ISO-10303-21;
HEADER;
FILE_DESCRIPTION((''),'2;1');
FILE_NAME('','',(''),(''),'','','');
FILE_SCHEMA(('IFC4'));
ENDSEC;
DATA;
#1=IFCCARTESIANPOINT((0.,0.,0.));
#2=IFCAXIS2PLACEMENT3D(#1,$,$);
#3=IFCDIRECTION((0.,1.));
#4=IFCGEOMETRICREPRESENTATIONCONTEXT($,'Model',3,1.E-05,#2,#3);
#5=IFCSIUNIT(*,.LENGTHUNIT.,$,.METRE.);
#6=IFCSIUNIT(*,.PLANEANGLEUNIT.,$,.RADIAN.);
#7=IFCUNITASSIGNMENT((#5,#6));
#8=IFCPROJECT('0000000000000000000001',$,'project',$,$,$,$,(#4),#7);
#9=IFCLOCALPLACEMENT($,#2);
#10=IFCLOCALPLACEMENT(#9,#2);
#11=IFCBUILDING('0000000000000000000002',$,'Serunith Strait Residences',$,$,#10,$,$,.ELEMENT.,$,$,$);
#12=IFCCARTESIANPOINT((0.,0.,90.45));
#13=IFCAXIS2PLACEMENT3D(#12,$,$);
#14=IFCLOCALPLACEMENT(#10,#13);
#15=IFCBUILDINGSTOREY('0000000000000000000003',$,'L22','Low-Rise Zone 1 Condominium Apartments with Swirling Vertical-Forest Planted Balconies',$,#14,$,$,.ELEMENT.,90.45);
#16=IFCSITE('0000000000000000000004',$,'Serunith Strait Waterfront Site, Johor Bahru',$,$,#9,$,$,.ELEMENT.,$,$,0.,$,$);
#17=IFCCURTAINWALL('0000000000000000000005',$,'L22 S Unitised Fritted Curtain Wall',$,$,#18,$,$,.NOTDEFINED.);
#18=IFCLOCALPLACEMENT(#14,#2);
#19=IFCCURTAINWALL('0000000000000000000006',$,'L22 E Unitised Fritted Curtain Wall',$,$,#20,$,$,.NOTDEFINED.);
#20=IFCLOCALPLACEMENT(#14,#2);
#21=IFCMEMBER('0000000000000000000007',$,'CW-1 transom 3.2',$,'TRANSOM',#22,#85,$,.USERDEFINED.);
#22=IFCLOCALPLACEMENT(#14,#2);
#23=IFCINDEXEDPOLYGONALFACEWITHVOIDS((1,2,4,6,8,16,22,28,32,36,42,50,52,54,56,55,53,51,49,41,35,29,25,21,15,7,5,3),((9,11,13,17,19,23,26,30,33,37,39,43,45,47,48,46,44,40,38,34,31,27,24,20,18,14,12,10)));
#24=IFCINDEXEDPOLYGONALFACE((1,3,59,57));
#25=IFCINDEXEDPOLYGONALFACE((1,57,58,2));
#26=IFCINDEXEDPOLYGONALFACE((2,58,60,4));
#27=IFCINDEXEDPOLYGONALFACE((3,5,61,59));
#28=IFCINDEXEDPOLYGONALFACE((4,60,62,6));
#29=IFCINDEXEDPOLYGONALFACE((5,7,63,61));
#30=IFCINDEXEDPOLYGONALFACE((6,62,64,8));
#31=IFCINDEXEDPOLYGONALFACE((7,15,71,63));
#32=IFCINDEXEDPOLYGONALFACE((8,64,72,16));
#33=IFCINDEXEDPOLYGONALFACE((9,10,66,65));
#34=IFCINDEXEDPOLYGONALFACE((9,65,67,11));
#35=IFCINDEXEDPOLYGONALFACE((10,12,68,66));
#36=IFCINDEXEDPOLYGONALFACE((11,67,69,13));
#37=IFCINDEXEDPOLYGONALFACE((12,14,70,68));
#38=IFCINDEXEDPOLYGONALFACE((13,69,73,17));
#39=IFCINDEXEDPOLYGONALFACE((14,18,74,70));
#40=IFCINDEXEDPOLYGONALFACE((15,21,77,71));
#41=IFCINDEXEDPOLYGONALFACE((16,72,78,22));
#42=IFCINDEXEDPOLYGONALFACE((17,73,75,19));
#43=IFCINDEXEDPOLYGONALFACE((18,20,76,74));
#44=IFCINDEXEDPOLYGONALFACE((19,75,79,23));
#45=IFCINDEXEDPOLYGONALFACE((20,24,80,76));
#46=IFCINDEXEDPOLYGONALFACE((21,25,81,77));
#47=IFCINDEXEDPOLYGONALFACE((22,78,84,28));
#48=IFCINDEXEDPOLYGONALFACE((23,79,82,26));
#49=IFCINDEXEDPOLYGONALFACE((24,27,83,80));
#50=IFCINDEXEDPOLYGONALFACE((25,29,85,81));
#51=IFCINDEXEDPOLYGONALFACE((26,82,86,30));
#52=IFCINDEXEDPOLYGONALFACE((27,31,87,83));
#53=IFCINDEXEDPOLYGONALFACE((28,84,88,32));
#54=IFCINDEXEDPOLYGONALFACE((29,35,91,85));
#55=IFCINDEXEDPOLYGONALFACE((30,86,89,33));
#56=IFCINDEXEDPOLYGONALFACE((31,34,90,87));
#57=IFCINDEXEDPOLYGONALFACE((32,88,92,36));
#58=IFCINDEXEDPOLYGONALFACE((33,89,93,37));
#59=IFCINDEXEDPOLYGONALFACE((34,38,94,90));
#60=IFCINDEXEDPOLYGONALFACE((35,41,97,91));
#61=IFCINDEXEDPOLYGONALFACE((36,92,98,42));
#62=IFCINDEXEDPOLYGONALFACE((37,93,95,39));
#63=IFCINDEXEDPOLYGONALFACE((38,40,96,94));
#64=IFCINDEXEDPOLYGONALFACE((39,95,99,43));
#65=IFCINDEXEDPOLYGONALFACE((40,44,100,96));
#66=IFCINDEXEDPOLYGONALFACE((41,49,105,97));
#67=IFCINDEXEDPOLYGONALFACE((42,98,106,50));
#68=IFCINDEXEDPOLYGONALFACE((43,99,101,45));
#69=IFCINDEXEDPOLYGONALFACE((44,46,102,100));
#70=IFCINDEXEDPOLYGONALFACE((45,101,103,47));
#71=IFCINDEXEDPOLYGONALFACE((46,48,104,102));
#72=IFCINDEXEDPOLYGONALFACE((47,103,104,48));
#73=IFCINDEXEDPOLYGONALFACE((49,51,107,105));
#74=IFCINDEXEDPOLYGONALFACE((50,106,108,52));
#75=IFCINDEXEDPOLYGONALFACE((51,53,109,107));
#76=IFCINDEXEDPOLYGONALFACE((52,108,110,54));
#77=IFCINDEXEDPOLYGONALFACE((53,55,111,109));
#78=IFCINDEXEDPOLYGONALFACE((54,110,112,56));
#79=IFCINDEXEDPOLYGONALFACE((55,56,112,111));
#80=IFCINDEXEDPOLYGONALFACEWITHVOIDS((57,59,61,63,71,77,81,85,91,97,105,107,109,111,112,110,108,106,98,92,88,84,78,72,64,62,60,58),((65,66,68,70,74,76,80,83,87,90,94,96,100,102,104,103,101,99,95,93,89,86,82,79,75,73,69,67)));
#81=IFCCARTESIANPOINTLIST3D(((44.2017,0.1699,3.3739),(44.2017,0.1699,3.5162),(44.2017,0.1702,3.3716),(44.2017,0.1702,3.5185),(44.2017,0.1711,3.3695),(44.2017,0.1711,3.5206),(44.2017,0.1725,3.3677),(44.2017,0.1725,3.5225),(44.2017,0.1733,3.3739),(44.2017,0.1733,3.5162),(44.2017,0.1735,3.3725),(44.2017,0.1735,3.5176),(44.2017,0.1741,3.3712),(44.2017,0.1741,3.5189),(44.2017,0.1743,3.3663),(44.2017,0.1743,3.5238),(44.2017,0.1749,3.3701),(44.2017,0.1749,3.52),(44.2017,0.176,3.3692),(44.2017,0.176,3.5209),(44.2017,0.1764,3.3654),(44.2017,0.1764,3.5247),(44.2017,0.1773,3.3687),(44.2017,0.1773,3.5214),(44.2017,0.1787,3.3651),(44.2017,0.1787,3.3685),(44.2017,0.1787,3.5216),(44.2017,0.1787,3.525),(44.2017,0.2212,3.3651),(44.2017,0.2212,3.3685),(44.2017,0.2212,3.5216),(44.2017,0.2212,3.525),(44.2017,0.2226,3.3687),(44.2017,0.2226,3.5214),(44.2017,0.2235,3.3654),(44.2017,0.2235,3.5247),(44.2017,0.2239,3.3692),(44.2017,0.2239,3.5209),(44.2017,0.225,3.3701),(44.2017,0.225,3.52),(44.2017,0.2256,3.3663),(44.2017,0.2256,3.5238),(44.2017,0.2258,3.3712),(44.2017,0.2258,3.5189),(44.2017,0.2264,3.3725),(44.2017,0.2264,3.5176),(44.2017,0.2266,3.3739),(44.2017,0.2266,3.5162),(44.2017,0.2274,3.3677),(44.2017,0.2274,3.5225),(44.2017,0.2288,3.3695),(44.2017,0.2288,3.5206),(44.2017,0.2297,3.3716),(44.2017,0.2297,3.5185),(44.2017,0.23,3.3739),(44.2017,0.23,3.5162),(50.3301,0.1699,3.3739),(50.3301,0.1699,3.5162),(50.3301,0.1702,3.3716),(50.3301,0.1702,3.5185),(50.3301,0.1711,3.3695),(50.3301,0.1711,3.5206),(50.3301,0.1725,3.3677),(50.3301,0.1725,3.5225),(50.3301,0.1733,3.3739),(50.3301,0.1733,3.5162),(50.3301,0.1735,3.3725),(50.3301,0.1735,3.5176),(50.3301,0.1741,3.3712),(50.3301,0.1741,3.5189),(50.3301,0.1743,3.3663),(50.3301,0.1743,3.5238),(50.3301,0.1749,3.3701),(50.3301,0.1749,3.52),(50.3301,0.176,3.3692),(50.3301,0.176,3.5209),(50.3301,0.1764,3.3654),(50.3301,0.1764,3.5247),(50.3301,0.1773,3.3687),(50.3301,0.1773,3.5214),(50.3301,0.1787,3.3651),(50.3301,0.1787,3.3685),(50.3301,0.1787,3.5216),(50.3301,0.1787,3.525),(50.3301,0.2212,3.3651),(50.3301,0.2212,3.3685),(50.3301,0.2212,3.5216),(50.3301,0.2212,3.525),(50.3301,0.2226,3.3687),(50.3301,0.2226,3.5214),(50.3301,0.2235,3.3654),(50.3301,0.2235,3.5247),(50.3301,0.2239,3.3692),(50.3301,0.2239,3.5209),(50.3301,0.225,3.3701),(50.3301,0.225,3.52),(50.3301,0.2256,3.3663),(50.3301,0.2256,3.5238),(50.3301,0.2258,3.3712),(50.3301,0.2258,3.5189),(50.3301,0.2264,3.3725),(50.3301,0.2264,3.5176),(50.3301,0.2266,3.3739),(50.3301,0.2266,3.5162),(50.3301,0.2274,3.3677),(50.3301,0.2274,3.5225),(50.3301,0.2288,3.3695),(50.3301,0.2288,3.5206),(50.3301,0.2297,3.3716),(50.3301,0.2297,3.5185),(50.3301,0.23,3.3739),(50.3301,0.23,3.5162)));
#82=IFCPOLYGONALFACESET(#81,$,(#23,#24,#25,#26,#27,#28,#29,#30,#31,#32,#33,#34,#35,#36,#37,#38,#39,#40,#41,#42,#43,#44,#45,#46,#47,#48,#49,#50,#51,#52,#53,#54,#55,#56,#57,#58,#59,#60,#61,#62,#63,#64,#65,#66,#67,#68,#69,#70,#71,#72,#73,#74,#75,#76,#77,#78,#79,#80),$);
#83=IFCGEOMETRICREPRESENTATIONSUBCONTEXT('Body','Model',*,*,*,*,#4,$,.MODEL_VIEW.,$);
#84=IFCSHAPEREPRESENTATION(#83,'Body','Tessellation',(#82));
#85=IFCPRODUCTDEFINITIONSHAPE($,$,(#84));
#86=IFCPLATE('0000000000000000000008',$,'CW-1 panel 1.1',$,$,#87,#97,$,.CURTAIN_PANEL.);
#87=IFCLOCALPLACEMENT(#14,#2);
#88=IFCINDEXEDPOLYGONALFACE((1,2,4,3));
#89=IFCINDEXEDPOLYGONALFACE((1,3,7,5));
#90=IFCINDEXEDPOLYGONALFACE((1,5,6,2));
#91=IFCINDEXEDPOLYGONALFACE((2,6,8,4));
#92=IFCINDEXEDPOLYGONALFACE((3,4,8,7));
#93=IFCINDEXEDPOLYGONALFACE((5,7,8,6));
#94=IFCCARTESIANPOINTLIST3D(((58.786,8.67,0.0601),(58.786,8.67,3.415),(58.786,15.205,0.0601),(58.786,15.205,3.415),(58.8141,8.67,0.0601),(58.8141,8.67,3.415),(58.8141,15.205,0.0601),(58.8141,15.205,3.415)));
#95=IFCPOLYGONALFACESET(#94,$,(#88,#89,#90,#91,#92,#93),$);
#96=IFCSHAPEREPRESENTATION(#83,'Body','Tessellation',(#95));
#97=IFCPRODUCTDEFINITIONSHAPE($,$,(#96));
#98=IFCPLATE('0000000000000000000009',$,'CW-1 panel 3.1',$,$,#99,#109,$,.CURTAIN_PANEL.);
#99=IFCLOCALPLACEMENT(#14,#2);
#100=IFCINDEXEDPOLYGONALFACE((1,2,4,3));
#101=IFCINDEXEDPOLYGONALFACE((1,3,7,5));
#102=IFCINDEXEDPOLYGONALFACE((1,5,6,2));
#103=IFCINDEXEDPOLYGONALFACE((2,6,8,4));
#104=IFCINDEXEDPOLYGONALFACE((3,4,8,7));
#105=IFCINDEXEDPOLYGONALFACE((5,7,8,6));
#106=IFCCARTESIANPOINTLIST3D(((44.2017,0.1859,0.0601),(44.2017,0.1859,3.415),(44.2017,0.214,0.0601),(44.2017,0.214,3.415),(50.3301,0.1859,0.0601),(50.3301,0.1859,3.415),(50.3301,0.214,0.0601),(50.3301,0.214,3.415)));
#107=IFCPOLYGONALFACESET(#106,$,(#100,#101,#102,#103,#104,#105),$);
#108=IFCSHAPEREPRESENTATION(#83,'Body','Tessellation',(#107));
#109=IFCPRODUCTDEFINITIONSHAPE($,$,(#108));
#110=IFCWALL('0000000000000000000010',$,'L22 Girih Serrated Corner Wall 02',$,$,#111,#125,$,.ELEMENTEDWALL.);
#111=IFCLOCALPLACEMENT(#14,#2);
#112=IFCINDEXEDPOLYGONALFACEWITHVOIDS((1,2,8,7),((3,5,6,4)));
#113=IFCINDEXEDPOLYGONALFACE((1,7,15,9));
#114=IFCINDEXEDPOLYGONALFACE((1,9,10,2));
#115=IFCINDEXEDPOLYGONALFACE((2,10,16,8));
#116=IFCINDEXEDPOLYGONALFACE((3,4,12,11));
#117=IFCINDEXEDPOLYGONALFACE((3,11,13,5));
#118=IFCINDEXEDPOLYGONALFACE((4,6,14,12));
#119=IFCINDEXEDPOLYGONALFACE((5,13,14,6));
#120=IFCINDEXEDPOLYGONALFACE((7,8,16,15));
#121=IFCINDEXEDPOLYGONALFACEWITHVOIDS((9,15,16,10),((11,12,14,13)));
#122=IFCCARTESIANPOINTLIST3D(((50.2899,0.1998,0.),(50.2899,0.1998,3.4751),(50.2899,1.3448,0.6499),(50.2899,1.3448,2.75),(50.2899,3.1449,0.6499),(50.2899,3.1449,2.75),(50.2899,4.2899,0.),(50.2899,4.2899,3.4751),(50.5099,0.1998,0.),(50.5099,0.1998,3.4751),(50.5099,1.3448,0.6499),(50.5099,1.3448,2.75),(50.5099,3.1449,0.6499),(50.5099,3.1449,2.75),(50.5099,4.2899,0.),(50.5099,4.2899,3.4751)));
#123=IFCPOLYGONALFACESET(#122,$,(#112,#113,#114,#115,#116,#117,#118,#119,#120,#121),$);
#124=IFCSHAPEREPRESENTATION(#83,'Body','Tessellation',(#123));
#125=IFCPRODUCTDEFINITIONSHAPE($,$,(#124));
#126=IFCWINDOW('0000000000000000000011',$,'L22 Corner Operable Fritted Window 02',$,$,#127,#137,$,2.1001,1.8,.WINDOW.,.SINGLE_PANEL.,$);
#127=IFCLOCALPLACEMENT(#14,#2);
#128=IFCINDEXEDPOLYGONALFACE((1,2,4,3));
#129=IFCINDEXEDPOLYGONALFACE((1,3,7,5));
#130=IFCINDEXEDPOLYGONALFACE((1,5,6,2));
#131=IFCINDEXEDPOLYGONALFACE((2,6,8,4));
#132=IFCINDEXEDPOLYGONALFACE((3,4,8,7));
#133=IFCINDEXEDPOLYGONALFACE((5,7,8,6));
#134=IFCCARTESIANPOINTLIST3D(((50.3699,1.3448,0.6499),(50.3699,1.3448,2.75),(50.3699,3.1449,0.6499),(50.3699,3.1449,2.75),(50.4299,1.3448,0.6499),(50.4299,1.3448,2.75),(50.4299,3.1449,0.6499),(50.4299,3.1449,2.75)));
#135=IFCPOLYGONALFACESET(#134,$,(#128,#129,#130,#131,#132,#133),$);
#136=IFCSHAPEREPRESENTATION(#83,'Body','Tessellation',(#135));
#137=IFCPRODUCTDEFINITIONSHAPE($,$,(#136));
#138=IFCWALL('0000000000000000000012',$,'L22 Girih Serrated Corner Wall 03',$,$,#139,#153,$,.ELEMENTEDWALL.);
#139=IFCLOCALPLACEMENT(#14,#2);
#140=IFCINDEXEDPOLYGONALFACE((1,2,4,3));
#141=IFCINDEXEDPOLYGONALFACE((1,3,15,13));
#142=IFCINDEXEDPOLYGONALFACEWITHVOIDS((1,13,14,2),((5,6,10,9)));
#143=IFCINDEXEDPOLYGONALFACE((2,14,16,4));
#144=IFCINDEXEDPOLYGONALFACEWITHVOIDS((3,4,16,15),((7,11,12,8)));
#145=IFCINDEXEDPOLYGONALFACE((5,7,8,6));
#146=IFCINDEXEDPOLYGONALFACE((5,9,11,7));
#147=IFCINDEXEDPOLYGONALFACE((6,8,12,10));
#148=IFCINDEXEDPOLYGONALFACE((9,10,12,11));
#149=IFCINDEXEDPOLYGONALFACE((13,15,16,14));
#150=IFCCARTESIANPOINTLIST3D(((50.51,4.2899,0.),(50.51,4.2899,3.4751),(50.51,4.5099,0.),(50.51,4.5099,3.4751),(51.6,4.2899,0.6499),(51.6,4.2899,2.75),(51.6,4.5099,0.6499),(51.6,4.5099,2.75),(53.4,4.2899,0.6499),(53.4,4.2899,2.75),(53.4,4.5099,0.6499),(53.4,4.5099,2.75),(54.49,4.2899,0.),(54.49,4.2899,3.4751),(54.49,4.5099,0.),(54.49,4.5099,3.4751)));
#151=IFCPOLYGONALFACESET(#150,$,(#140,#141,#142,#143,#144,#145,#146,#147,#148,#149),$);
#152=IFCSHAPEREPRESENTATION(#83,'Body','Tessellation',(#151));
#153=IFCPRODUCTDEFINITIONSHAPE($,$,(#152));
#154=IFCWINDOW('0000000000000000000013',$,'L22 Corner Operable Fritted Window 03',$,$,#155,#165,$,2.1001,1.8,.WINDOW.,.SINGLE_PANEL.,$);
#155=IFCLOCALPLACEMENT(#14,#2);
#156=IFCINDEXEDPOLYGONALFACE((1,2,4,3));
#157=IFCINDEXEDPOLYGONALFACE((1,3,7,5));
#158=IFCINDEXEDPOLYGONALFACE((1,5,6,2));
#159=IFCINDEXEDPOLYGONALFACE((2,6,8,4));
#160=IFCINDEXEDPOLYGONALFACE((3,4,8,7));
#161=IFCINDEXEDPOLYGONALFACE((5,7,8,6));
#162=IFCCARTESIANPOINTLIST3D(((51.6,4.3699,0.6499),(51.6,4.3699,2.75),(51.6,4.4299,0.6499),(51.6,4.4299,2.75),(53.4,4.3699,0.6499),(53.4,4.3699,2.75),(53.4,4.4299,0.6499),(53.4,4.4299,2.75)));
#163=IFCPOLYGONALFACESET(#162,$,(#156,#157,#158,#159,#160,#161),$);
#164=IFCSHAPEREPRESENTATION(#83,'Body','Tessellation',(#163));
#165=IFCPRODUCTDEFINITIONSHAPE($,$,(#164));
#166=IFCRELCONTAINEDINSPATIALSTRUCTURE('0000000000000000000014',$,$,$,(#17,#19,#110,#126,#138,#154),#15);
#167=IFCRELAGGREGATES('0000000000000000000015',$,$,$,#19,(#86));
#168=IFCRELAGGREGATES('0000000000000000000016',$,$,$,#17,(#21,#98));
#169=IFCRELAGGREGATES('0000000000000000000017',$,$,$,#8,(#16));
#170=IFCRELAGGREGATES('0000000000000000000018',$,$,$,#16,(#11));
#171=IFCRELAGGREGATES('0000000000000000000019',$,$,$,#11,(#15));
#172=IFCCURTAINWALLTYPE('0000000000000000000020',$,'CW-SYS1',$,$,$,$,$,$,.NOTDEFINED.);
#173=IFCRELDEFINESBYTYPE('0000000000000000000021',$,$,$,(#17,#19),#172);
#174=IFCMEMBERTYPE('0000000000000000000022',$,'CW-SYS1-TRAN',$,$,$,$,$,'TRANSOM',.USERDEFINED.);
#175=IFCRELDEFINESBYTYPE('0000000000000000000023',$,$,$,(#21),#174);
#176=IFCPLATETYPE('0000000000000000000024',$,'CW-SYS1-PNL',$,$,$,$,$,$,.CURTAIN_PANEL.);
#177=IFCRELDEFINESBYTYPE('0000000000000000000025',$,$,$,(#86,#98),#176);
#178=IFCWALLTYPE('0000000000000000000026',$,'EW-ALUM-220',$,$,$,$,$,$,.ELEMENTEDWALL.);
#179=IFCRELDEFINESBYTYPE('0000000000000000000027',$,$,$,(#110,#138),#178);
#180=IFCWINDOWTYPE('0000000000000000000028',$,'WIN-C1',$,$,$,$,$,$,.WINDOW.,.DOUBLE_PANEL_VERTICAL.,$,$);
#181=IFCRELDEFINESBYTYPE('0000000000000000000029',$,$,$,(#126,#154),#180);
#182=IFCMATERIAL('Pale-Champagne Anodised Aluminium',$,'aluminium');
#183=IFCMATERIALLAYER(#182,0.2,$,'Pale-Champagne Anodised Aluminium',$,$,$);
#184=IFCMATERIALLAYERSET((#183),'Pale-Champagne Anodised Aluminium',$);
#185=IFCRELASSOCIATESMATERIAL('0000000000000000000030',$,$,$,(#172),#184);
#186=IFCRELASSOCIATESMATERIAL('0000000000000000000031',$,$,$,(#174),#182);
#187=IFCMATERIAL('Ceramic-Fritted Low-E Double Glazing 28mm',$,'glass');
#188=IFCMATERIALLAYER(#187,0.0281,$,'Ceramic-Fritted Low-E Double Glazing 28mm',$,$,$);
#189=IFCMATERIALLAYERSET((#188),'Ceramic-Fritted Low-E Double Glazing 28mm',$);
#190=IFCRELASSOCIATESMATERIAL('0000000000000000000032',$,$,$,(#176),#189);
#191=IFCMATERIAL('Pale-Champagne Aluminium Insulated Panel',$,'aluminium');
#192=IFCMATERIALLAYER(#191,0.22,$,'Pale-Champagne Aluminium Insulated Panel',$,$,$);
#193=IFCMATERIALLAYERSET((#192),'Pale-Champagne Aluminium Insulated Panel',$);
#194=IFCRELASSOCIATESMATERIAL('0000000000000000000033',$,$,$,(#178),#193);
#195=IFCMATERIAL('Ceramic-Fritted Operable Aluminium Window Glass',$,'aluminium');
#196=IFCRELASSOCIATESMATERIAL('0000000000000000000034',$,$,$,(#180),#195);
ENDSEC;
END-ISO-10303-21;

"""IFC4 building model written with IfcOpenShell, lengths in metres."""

from ifc_helpers import new_model, si_unit, direction, frame, frame_2d, origin, origin_2d, place, context, subcontext, project, spatial, rectangle, hollow_rectangle, extrude, source, transform, mapped, material, layer, layer_set, material_profile, profile_set, type_object, element, fill, aggregate, save


model = new_model("IFC4")

# Units and contexts
model_context = context("Model", 3, precision=1e-05, world=origin(), true_north=direction((0.0, 1.0)))
body_context = subcontext(model_context, "Body", "Model", "MODEL_VIEW")
ifc_project = project(units=[si_unit("LENGTHUNIT", "METRE"), si_unit("PLANEANGLEUNIT", "RADIAN")], contexts=[model_context])

# Site, building, storey
site_placement = place(None, origin())
site = spatial("IfcSite", under=ifc_project, at=site_placement, Name="Serunith Strait Waterfront Site, Johor Bahru", CompositionType="ELEMENT", RefElevation=0.0)
building_placement = place(site_placement, origin())
building = spatial("IfcBuilding", under=site, at=building_placement, Name="Serunith Strait Residences", CompositionType="ELEMENT")
storey_placement = place(building_placement, frame((0.0, 0.0, 90.45)))
storey = spatial("IfcBuildingStorey", under=building, at=storey_placement, Name="L22", Description="Low-Rise Zone 1 Condominium Apartments with Swirling Vertical-Forest Planted Balconies", CompositionType="ELEMENT", Elevation=90.45)

# Curtain walls
ifc_material_1 = material(Name="Pale-Champagne Anodised Aluminium", Category="aluminium")
ifc_layer_1 = layer(ifc_material_1, 0.2, Name="Pale-Champagne Anodised Aluminium")
ifc_layer_set_1 = layer_set([ifc_layer_1], Name="Pale-Champagne Anodised Aluminium")
curtain_wall_type = type_object("IfcCurtainWallType", Name="CW-SYS1", PredefinedType="NOTDEFINED", material=ifc_layer_set_1)
curtain_wall_1_placement = place(storey_placement, origin())
curtain_wall_1 = element("IfcCurtainWall", 1, at=curtain_wall_1_placement, inside=storey, type_object=curtain_wall_type, Name="L22 S Unitised Fritted Curtain Wall", PredefinedType="NOTDEFINED")
curtain_wall_2_placement = place(storey_placement, origin())
curtain_wall_2 = element("IfcCurtainWall", 2, at=curtain_wall_2_placement, inside=storey, type_object=curtain_wall_type, Name="L22 E Unitised Fritted Curtain Wall", PredefinedType="NOTDEFINED")
ifc_material_profile_1 = material_profile(ifc_material_1, hollow_rectangle(XDim=0.0601, YDim=0.1599, WallThickness=0.0034, InnerFilletRadius=0.0054, OuterFilletRadius=0.0088, at=origin_2d()), Name="ALU 160x60x3.5")
ifc_profile_set_1 = profile_set([ifc_material_profile_1], Name="Pale-Champagne Anodised Aluminium")
member_type_1 = type_object("IfcMemberType", Name="CW-SYS1-TRAN", ElementType="TRANSOM", PredefinedType="USERDEFINED", material=ifc_profile_set_1)

# Member
shared_shape_1 = source(origin(), body_context, "Body", "SweptSolid", [
    extrude(hollow_rectangle(XDim=0.0601, YDim=0.1599, WallThickness=0.0034, InnerFilletRadius=0.0054, OuterFilletRadius=0.0088, at=origin_2d()), origin(), (0.0, 0.0, 1.0), 6.1284),
])
member_1_placement = place(storey_placement, frame((44.2017, 0.2, 3.4451), z_axis=(1.0, 0.0, 0.0), x_axis=(0.0, 1.0, 0.0)))
member_1 = element("IfcMember", 3, at=member_1_placement, type_object=member_type_1, Name="CW-1 transom 3.2", ObjectType="TRANSOM", PredefinedType="USERDEFINED", context=body_context, shape_type="MappedRepresentation", body=[
    mapped(shared_shape_1, transform((0.0, 0.0, 0.0), scale=1.0)),
])

# Plates
ifc_material_2 = material(Name="Ceramic-Fritted Low-E Double Glazing 28mm", Category="glass")
ifc_layer_2 = layer(ifc_material_2, 0.0281, Name="Ceramic-Fritted Low-E Double Glazing 28mm")
ifc_layer_set_2 = layer_set([ifc_layer_2], Name="Ceramic-Fritted Low-E Double Glazing 28mm")
plate_type = type_object("IfcPlateType", Name="CW-SYS1-PNL", PredefinedType="CURTAIN_PANEL", material=ifc_layer_set_2)
shared_shape_2 = source(origin(), body_context, "Body", "SweptSolid", [
    extrude(rectangle(XDim=6.5349, YDim=0.0281, at=origin_2d()), origin(), (0.0, 0.0, 1.0), 3.355),
])
plate_1_placement = place(storey_placement, frame((58.8, 11.9375, 0.0601), z_axis=(0.0, 0.0, 1.0), x_axis=(0.0, 1.0, 0.0)))
plate_1 = element("IfcPlate", 4, at=plate_1_placement, type_object=plate_type, Name="CW-1 panel 1.1", PredefinedType="CURTAIN_PANEL", context=body_context, shape_type="MappedRepresentation", body=[
    mapped(shared_shape_2, transform((0.0, 0.0, 0.0), scale=1.0)),
])
aggregate(curtain_wall_2, [plate_1])
shared_shape_3 = source(origin(), body_context, "Body", "SweptSolid", [
    extrude(rectangle(XDim=6.1284, YDim=0.0281, at=origin_2d()), origin(), (0.0, 0.0, 1.0), 3.355),
])
plate_2_placement = place(storey_placement, frame((47.2659, 0.2, 0.0601), z_axis=(0.0, 0.0, 1.0), x_axis=(1.0, 0.0, 0.0)))
plate_2 = element("IfcPlate", 5, at=plate_2_placement, type_object=plate_type, Name="CW-1 panel 3.1", PredefinedType="CURTAIN_PANEL", context=body_context, shape_type="MappedRepresentation", body=[
    mapped(shared_shape_3, transform((0.0, 0.0, 0.0), scale=1.0)),
])
aggregate(curtain_wall_1, [member_1, plate_2])

# Walls, openings, windows
ifc_material_3 = material(Name="Pale-Champagne Aluminium Insulated Panel", Category="aluminium")
ifc_layer_3 = layer(ifc_material_3, 0.22, Name="Pale-Champagne Aluminium Insulated Panel")
ifc_layer_set_3 = layer_set([ifc_layer_3], Name="Pale-Champagne Aluminium Insulated Panel")
wall_type_1 = type_object("IfcWallType", Name="EW-ALUM-220", PredefinedType="ELEMENTEDWALL", material=ifc_layer_set_3)
wall_1_placement = place(storey_placement, frame((50.3999, 0.2, 0.0), z_axis=(0.0, 0.0, 1.0), x_axis=(0.0, 1.0, 0.0)))
wall_1 = element("IfcWall", 6, at=wall_1_placement, inside=storey, type_object=wall_type_1, Name="L22 Girih Serrated Corner Wall 02", PredefinedType="ELEMENTEDWALL", context=body_context, shape_type="SweptSolid", body=[
    extrude(rectangle(XDim=4.0901, YDim=0.22, at=frame_2d((2.0449, 0.0))), origin(), (0.0, 0.0, 1.0), 3.4751),
])
opening_1_placement = place(wall_1_placement, frame((1.145, 0.0, 0.6499)))
opening_1 = element("IfcOpeningElement", 7, at=opening_1_placement, cuts=wall_1, PredefinedType="OPENING", context=body_context, shape_type="SweptSolid", body=[
    extrude(rectangle(XDim=1.8, YDim=2.1001, at=frame_2d((0.8999, 1.05))), frame((0.0, 0.1201, 0.0), z_axis=(0.0, -1.0, 0.0), x_axis=(1.0, 0.0, 0.0)), (0.0, 0.0, 1.0), 0.24),
])
ifc_material_4 = material(Name="Ceramic-Fritted Operable Aluminium Window Glass", Category="aluminium")
window_type = type_object("IfcWindowType", Name="WIN-C1", PartitioningType="DOUBLE_PANEL_VERTICAL", PredefinedType="WINDOW", material=ifc_material_4)
shared_shape_4 = source(origin(), body_context, "Body", "SweptSolid", [
    extrude(rectangle(XDim=1.8, YDim=2.1001, at=frame_2d((0.8999, 1.05))), frame((0.0, 0.03, 0.0), z_axis=(0.0, -1.0, 0.0), x_axis=(1.0, 0.0, 0.0)), (0.0, 0.0, 1.0), 0.0601),
])
window_1_placement = place(opening_1_placement, origin())
window_1 = element("IfcWindow", 8, at=window_1_placement, inside=storey, type_object=window_type, Name="L22 Corner Operable Fritted Window 02", OverallHeight=2.1001, OverallWidth=1.8, PartitioningType="SINGLE_PANEL", PredefinedType="WINDOW", context=body_context, shape_type="MappedRepresentation", body=[
    mapped(shared_shape_4, transform((0.0, 0.0, 0.0), scale=1.0)),
])
fill(opening_1, window_1)
wall_2_placement = place(storey_placement, frame((50.51, 4.3999, 0.0), z_axis=(0.0, 0.0, 1.0), x_axis=(1.0, 0.0, 0.0)))
wall_2 = element("IfcWall", 9, at=wall_2_placement, inside=storey, type_object=wall_type_1, Name="L22 Girih Serrated Corner Wall 03", PredefinedType="ELEMENTEDWALL", context=body_context, shape_type="SweptSolid", body=[
    extrude(rectangle(XDim=3.98, YDim=0.22, at=frame_2d((1.99, 0.0))), origin(), (0.0, 0.0, 1.0), 3.4751),
])
opening_2_placement = place(wall_2_placement, frame((1.0901, 0.0, 0.6499)))
opening_2 = element("IfcOpeningElement", 10, at=opening_2_placement, cuts=wall_2, PredefinedType="OPENING", context=body_context, shape_type="SweptSolid", body=[
    extrude(rectangle(XDim=1.8, YDim=2.1001, at=frame_2d((0.8999, 1.05))), frame((0.0, 0.1201, 0.0), z_axis=(0.0, -1.0, 0.0), x_axis=(1.0, 0.0, 0.0)), (0.0, 0.0, 1.0), 0.24),
])
window_2_placement = place(opening_2_placement, origin())
window_2 = element("IfcWindow", 11, at=window_2_placement, inside=storey, type_object=window_type, Name="L22 Corner Operable Fritted Window 03", OverallHeight=2.1001, OverallWidth=1.8, PartitioningType="SINGLE_PANEL", PredefinedType="WINDOW", context=body_context, shape_type="MappedRepresentation", body=[
    mapped(shared_shape_4, transform((0.0, 0.0, 0.0), scale=1.0)),
])
fill(opening_2, window_2)

save(model, "model.ifc")
